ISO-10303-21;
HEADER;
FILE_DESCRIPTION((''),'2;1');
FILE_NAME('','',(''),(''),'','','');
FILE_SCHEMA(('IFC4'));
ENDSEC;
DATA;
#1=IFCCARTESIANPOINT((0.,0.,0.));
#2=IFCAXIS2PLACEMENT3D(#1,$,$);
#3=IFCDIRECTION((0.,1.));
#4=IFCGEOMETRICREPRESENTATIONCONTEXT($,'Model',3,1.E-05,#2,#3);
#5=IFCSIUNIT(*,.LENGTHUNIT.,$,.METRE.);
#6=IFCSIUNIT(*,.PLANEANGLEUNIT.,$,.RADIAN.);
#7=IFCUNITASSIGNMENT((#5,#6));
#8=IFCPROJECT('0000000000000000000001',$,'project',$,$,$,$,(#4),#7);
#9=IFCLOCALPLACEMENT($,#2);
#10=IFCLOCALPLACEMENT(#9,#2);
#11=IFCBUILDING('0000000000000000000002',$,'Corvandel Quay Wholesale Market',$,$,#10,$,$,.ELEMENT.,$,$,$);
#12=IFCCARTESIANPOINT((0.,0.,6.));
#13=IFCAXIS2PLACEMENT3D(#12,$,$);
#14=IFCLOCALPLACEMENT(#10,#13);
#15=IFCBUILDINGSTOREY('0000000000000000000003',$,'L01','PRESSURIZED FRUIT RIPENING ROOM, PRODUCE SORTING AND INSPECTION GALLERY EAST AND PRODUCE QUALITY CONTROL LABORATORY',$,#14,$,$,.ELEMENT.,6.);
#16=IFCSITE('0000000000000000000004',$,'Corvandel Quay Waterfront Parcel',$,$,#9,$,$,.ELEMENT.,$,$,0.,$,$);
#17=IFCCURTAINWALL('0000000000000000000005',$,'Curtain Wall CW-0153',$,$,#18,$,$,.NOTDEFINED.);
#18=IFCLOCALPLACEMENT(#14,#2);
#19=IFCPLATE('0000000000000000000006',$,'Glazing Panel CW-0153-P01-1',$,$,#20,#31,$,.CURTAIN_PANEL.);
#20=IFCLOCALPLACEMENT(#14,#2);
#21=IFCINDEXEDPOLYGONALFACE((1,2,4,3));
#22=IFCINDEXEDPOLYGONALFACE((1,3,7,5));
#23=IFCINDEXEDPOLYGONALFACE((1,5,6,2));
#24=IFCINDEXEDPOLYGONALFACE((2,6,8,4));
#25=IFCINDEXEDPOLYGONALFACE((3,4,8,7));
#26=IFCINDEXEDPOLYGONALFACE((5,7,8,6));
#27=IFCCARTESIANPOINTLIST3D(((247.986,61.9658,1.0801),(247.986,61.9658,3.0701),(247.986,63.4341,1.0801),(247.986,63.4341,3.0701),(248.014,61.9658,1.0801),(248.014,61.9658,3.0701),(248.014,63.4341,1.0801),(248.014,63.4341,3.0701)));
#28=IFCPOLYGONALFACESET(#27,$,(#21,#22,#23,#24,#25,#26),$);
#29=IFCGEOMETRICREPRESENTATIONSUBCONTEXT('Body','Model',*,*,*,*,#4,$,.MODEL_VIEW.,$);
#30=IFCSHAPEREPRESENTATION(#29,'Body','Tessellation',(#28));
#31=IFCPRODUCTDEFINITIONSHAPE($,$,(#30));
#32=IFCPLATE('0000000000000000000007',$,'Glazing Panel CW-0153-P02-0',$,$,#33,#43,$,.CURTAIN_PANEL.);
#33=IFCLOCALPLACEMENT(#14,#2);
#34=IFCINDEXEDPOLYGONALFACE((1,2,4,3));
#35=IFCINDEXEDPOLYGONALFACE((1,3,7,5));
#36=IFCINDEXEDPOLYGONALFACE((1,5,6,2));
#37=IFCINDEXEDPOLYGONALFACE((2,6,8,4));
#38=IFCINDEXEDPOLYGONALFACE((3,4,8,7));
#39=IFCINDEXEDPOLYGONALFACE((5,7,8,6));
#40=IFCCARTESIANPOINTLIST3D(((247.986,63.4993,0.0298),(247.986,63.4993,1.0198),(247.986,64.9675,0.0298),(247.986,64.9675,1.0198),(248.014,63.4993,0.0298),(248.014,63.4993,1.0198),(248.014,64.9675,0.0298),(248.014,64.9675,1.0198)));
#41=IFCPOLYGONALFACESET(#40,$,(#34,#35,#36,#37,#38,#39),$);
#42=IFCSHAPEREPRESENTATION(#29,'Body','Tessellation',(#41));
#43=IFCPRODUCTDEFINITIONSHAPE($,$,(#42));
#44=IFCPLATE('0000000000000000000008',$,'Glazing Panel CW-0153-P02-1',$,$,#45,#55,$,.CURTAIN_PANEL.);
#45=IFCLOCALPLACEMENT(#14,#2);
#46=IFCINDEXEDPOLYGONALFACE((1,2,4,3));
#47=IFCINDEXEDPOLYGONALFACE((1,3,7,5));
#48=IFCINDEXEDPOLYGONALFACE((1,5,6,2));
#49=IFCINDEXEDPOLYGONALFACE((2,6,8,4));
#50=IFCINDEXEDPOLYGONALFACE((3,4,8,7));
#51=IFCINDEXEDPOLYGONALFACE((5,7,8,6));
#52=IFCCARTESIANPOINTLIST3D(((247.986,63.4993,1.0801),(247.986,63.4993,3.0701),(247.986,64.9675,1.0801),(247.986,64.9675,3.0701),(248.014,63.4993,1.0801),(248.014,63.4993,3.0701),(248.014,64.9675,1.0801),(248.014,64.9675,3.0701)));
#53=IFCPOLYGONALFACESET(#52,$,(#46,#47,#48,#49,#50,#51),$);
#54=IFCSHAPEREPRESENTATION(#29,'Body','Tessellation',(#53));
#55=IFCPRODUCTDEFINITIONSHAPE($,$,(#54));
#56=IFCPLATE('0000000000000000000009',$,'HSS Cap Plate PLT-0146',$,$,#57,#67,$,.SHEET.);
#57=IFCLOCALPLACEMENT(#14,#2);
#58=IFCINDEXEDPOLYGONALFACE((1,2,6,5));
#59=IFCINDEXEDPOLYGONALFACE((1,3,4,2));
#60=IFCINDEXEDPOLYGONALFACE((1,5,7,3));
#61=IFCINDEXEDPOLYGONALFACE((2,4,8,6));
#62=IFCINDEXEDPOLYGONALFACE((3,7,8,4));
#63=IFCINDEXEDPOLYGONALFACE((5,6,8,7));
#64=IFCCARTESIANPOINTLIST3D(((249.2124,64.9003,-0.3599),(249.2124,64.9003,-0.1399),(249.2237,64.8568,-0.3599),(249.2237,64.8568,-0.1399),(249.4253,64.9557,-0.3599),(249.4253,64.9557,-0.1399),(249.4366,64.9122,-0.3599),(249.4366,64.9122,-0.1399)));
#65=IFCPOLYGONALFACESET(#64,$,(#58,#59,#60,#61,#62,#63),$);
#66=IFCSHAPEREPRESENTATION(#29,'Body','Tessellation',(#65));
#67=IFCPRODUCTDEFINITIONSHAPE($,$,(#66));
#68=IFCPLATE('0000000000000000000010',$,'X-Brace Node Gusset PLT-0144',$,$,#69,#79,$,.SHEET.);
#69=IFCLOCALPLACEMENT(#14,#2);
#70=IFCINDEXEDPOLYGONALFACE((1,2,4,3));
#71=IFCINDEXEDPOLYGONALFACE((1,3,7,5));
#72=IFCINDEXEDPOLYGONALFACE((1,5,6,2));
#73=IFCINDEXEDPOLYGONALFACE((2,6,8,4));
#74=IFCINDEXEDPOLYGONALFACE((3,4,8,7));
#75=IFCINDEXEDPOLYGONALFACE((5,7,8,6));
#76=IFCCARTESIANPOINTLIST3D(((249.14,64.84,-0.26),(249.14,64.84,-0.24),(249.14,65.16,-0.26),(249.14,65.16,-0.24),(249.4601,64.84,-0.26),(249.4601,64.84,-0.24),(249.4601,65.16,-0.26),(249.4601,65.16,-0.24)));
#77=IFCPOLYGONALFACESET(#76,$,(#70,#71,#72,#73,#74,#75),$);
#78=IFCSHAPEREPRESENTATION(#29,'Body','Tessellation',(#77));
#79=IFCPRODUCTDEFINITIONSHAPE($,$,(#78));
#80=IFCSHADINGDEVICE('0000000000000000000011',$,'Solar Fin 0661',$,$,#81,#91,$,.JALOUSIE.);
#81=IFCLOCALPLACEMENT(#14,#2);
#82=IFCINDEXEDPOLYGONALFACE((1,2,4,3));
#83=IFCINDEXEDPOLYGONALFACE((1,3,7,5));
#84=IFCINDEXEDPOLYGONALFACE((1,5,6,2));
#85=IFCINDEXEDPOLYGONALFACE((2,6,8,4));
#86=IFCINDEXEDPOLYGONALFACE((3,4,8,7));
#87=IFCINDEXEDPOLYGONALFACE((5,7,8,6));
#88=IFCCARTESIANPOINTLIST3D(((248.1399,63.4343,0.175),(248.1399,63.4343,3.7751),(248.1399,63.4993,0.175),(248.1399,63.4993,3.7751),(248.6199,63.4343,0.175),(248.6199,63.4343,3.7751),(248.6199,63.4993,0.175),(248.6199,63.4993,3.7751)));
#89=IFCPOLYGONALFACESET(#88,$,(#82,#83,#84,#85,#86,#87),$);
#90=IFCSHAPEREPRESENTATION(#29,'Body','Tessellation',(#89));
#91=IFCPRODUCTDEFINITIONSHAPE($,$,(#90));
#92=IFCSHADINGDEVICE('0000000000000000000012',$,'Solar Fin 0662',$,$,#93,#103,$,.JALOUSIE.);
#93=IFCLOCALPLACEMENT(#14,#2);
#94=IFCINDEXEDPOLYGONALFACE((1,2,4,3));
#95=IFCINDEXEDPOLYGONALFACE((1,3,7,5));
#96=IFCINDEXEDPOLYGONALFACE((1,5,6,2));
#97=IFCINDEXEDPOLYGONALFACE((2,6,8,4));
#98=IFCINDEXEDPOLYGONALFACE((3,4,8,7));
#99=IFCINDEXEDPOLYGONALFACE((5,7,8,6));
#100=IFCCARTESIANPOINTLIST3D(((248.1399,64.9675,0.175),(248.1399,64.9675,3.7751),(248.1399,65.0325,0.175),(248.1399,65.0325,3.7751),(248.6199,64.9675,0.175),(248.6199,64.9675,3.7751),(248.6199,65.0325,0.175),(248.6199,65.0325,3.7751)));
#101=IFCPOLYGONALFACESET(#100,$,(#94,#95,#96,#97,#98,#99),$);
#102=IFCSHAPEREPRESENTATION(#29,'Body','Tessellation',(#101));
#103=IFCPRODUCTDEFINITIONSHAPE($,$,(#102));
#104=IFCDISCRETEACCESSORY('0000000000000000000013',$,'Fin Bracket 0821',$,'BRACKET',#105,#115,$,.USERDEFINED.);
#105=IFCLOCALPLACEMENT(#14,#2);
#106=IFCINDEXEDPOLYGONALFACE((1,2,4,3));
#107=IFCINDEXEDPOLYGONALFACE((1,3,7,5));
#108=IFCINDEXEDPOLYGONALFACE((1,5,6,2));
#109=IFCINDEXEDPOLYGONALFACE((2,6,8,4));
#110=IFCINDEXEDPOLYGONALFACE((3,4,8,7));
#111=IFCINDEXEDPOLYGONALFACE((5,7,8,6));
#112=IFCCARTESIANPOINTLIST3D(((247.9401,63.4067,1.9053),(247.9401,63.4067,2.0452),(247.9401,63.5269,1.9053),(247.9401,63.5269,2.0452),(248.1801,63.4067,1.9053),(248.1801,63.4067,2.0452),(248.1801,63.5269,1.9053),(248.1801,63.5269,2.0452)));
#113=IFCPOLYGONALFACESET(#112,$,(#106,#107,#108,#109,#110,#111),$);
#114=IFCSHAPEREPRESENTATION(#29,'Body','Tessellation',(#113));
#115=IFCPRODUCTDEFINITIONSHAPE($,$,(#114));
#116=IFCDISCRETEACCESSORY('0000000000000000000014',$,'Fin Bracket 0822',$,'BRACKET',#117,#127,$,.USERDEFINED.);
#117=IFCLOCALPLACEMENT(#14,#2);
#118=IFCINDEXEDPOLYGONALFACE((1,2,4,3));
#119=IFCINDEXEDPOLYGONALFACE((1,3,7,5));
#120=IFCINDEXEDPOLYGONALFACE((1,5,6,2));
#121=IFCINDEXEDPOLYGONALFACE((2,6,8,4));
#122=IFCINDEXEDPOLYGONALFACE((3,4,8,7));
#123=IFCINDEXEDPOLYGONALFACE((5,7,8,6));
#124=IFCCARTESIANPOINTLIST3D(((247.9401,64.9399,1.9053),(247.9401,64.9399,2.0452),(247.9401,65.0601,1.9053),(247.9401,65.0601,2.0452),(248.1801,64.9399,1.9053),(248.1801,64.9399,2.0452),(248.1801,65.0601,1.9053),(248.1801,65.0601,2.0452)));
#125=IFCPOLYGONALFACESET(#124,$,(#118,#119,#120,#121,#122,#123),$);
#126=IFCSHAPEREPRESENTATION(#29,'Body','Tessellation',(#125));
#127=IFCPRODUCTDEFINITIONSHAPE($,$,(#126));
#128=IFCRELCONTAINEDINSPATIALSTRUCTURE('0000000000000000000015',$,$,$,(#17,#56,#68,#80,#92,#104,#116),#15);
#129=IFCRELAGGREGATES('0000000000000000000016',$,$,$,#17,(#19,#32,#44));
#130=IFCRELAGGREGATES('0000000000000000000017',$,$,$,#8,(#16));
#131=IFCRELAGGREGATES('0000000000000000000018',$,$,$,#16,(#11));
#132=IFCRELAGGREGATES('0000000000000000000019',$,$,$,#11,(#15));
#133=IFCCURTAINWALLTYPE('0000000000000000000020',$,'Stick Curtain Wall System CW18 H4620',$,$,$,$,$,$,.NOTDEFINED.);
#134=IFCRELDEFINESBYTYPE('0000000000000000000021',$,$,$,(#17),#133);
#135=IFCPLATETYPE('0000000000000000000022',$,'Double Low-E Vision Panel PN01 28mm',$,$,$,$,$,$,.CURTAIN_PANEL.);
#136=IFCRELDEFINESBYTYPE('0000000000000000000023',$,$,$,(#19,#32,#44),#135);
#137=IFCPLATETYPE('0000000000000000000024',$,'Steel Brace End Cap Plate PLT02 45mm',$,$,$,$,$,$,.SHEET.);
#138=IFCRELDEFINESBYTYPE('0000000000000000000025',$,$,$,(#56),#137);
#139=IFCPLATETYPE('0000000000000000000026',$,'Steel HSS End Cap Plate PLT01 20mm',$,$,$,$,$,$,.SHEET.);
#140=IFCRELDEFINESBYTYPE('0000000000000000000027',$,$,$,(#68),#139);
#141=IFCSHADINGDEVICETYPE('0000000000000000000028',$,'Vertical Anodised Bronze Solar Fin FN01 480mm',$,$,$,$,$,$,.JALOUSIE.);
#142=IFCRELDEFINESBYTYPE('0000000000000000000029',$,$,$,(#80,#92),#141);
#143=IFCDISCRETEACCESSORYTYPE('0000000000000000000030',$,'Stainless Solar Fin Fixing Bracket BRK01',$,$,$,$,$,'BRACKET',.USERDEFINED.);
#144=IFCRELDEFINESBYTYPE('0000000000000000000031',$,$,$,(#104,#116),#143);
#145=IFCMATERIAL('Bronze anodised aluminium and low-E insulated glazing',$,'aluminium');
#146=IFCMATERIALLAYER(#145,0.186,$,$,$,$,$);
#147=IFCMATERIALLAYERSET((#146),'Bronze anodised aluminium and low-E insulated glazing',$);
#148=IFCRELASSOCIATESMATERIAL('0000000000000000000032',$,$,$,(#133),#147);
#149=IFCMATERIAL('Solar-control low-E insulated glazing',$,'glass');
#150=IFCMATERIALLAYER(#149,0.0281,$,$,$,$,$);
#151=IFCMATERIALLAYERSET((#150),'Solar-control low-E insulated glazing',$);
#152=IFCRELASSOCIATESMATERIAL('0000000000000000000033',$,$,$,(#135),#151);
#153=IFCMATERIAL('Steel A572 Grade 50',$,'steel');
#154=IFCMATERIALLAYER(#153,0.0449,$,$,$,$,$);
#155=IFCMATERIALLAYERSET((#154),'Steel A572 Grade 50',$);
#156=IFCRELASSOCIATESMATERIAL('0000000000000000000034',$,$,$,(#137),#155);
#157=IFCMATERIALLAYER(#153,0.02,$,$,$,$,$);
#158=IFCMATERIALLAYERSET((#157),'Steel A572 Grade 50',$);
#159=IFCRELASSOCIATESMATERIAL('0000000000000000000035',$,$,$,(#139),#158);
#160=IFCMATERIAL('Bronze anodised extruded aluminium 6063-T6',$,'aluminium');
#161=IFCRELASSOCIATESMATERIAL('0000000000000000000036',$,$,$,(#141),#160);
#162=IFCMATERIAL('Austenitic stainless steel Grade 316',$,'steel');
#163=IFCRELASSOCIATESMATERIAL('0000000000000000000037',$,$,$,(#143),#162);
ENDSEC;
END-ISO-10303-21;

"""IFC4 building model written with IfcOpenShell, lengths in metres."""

from ifc_helpers import new_model, si_unit, direction, frame, origin, origin_2d, place, context, subcontext, project, spatial, rectangle, extrude, material, layer, layer_set, type_object, element, aggregate, save


model = new_model("IFC4")

# Units and contexts
model_context = context("Model", 3, precision=1e-05, world=origin(), true_north=direction((0.0, 1.0)))
body_context = subcontext(model_context, "Body", "Model", "MODEL_VIEW")
ifc_project = project(units=[si_unit("LENGTHUNIT", "METRE"), si_unit("PLANEANGLEUNIT", "RADIAN")], contexts=[model_context])

# Site, building, storey
site_placement = place(None, origin())
site = spatial("IfcSite", under=ifc_project, at=site_placement, Name="Corvandel Quay Waterfront Parcel", CompositionType="ELEMENT", RefElevation=0.0)
building_placement = place(site_placement, origin())
building = spatial("IfcBuilding", under=site, at=building_placement, Name="Corvandel Quay Wholesale Market", CompositionType="ELEMENT")
storey_placement = place(building_placement, frame((0.0, 0.0, 6.0)))
storey = spatial("IfcBuildingStorey", under=building, at=storey_placement, Name="L01", Description="PRESSURIZED FRUIT RIPENING ROOM, PRODUCE SORTING AND INSPECTION GALLERY EAST AND PRODUCE QUALITY CONTROL LABORATORY", CompositionType="ELEMENT", Elevation=6.0)

# Curtain wall, plates
ifc_material_1 = material(Name="Bronze anodised aluminium and low-E insulated glazing", Category="aluminium")
ifc_layer_1 = layer(ifc_material_1, 0.186)
ifc_layer_set_1 = layer_set([ifc_layer_1], Name="Bronze anodised aluminium and low-E insulated glazing")
curtain_wall_type = type_object("IfcCurtainWallType", Name="Stick Curtain Wall System CW18 H4620", PredefinedType="NOTDEFINED", material=ifc_layer_set_1)
curtain_wall_placement = place(storey_placement, origin())
curtain_wall = element("IfcCurtainWall", 1, at=curtain_wall_placement, inside=storey, type_object=curtain_wall_type, Name="Curtain Wall CW-0153", PredefinedType="NOTDEFINED")
ifc_material_2 = material(Name="Solar-control low-E insulated glazing", Category="glass")
ifc_layer_2 = layer(ifc_material_2, 0.0281)
ifc_layer_set_2 = layer_set([ifc_layer_2], Name="Solar-control low-E insulated glazing")
plate_type_1 = type_object("IfcPlateType", Name="Double Low-E Vision Panel PN01 28mm", PredefinedType="CURTAIN_PANEL", material=ifc_layer_set_2)
plate_1_placement = place(storey_placement, frame((248.0, 62.7, 1.0801), z_axis=(0.0, 0.0, 1.0), x_axis=(0.0, 1.0, 0.0)))
plate_1 = element("IfcPlate", 2, at=plate_1_placement, type_object=plate_type_1, Name="Glazing Panel CW-0153-P01-1", PredefinedType="CURTAIN_PANEL", context=body_context, shape_type="SweptSolid", body=[
    extrude(rectangle(XDim=1.4683, YDim=0.0281, at=origin_2d()), origin(), (0.0, 0.0, 1.0), 1.99),
])
plate_2_placement = place(storey_placement, frame((248.0, 64.2334, 0.0298), z_axis=(0.0, 0.0, 1.0), x_axis=(0.0, 1.0, 0.0)))
plate_2 = element("IfcPlate", 3, at=plate_2_placement, type_object=plate_type_1, Name="Glazing Panel CW-0153-P02-0", PredefinedType="CURTAIN_PANEL", context=body_context, shape_type="SweptSolid", body=[
    extrude(rectangle(XDim=1.4683, YDim=0.0281, at=origin_2d()), origin(), (0.0, 0.0, 1.0), 0.99),
])
plate_3_placement = place(storey_placement, frame((248.0, 64.2334, 1.0801), z_axis=(0.0, 0.0, 1.0), x_axis=(0.0, 1.0, 0.0)))
plate_3 = element("IfcPlate", 4, at=plate_3_placement, type_object=plate_type_1, Name="Glazing Panel CW-0153-P02-1", PredefinedType="CURTAIN_PANEL", context=body_context, shape_type="SweptSolid", body=[
    extrude(rectangle(XDim=1.4683, YDim=0.0281, at=origin_2d()), origin(), (0.0, 0.0, 1.0), 1.99),
])
aggregate(curtain_wall, [plate_1, plate_2, plate_3])

# Plates
ifc_material_3 = material(Name="Steel A572 Grade 50", Category="steel")
ifc_layer_3 = layer(ifc_material_3, 0.0449)
ifc_layer_set_3 = layer_set([ifc_layer_3], Name="Steel A572 Grade 50")
plate_type_2 = type_object("IfcPlateType", Name="Steel Brace End Cap Plate PLT02 45mm", PredefinedType="SHEET", material=ifc_layer_set_3)
plate_4_placement = place(storey_placement, frame((249.3245, 64.9062, -0.3599), z_axis=(0.0, 0.0, 1.0), x_axis=(0.967841, 0.251563, 0.0)))
element("IfcPlate", 5, at=plate_4_placement, inside=storey, type_object=plate_type_2, Name="HSS Cap Plate PLT-0146", PredefinedType="SHEET", context=body_context, shape_type="SweptSolid", body=[
    extrude(rectangle(XDim=0.22, YDim=0.0449, at=origin_2d()), origin(), (0.0, 0.0, 1.0), 0.22),
])
ifc_layer_4 = layer(ifc_material_3, 0.02)
ifc_layer_set_4 = layer_set([ifc_layer_4], Name="Steel A572 Grade 50")
plate_type_3 = type_object("IfcPlateType", Name="Steel HSS End Cap Plate PLT01 20mm", PredefinedType="SHEET", material=ifc_layer_set_4)
plate_5_placement = place(storey_placement, frame((249.3, 65.0, -0.26), z_axis=(0.0, 0.0, 1.0), x_axis=(1.0, 0.0, 0.0)))
element("IfcPlate", 6, at=plate_5_placement, inside=storey, type_object=plate_type_3, Name="X-Brace Node Gusset PLT-0144", PredefinedType="SHEET", context=body_context, shape_type="SweptSolid", body=[
    extrude(rectangle(XDim=0.3201, YDim=0.3201, at=origin_2d()), origin(), (0.0, 0.0, 1.0), 0.02),
])

# Shading devices
ifc_material_4 = material(Name="Bronze anodised extruded aluminium 6063-T6", Category="aluminium")
shading_device_type = type_object("IfcShadingDeviceType", Name="Vertical Anodised Bronze Solar Fin FN01 480mm", PredefinedType="JALOUSIE", material=ifc_material_4)
for number, where, z_axis, x_axis, name in (
    (7, (248.3799, 63.4668, 0.175), (0.0, 0.0, 1.0), (1.0, 0.0, 0.0), "Solar Fin 0661"),
    (8, (248.3799, 65.0, 0.175), (0.0, 0.0, 1.0), (1.0, 0.0, 0.0), "Solar Fin 0662"),
):
    element("IfcShadingDevice", number, at=place(storey_placement, frame(where, z_axis=z_axis, x_axis=x_axis)), inside=storey, type_object=shading_device_type, Name=name, PredefinedType="JALOUSIE", context=body_context, shape_type="SweptSolid", body=[
        extrude(rectangle(XDim=0.48, YDim=0.0649, at=origin_2d()), origin(), (0.0, 0.0, 1.0), 3.6001),
    ])

# Discrete accessories
ifc_material_5 = material(Name="Austenitic stainless steel Grade 316", Category="steel")
discrete_accessory_type = type_object("IfcDiscreteAccessoryType", Name="Stainless Solar Fin Fixing Bracket BRK01", ElementType="BRACKET", PredefinedType="USERDEFINED", material=ifc_material_5)
for number, where, z_axis, x_axis, name in (
    (9, (248.0601, 63.4668, 1.9053), (0.0, 0.0, 1.0), (1.0, 0.0, 0.0), "Fin Bracket 0821"),
    (10, (248.0601, 65.0, 1.9053), (0.0, 0.0, 1.0), (1.0, 0.0, 0.0), "Fin Bracket 0822"),
):
    element("IfcDiscreteAccessory", number, at=place(storey_placement, frame(where, z_axis=z_axis, x_axis=x_axis)), inside=storey, type_object=discrete_accessory_type, Name=name, ObjectType="BRACKET", PredefinedType="USERDEFINED", context=body_context, shape_type="SweptSolid", body=[
        extrude(rectangle(XDim=0.24, YDim=0.1201, at=origin_2d()), origin(), (0.0, 0.0, 1.0), 0.1399),
    ])

save(model, "model.ifc")
